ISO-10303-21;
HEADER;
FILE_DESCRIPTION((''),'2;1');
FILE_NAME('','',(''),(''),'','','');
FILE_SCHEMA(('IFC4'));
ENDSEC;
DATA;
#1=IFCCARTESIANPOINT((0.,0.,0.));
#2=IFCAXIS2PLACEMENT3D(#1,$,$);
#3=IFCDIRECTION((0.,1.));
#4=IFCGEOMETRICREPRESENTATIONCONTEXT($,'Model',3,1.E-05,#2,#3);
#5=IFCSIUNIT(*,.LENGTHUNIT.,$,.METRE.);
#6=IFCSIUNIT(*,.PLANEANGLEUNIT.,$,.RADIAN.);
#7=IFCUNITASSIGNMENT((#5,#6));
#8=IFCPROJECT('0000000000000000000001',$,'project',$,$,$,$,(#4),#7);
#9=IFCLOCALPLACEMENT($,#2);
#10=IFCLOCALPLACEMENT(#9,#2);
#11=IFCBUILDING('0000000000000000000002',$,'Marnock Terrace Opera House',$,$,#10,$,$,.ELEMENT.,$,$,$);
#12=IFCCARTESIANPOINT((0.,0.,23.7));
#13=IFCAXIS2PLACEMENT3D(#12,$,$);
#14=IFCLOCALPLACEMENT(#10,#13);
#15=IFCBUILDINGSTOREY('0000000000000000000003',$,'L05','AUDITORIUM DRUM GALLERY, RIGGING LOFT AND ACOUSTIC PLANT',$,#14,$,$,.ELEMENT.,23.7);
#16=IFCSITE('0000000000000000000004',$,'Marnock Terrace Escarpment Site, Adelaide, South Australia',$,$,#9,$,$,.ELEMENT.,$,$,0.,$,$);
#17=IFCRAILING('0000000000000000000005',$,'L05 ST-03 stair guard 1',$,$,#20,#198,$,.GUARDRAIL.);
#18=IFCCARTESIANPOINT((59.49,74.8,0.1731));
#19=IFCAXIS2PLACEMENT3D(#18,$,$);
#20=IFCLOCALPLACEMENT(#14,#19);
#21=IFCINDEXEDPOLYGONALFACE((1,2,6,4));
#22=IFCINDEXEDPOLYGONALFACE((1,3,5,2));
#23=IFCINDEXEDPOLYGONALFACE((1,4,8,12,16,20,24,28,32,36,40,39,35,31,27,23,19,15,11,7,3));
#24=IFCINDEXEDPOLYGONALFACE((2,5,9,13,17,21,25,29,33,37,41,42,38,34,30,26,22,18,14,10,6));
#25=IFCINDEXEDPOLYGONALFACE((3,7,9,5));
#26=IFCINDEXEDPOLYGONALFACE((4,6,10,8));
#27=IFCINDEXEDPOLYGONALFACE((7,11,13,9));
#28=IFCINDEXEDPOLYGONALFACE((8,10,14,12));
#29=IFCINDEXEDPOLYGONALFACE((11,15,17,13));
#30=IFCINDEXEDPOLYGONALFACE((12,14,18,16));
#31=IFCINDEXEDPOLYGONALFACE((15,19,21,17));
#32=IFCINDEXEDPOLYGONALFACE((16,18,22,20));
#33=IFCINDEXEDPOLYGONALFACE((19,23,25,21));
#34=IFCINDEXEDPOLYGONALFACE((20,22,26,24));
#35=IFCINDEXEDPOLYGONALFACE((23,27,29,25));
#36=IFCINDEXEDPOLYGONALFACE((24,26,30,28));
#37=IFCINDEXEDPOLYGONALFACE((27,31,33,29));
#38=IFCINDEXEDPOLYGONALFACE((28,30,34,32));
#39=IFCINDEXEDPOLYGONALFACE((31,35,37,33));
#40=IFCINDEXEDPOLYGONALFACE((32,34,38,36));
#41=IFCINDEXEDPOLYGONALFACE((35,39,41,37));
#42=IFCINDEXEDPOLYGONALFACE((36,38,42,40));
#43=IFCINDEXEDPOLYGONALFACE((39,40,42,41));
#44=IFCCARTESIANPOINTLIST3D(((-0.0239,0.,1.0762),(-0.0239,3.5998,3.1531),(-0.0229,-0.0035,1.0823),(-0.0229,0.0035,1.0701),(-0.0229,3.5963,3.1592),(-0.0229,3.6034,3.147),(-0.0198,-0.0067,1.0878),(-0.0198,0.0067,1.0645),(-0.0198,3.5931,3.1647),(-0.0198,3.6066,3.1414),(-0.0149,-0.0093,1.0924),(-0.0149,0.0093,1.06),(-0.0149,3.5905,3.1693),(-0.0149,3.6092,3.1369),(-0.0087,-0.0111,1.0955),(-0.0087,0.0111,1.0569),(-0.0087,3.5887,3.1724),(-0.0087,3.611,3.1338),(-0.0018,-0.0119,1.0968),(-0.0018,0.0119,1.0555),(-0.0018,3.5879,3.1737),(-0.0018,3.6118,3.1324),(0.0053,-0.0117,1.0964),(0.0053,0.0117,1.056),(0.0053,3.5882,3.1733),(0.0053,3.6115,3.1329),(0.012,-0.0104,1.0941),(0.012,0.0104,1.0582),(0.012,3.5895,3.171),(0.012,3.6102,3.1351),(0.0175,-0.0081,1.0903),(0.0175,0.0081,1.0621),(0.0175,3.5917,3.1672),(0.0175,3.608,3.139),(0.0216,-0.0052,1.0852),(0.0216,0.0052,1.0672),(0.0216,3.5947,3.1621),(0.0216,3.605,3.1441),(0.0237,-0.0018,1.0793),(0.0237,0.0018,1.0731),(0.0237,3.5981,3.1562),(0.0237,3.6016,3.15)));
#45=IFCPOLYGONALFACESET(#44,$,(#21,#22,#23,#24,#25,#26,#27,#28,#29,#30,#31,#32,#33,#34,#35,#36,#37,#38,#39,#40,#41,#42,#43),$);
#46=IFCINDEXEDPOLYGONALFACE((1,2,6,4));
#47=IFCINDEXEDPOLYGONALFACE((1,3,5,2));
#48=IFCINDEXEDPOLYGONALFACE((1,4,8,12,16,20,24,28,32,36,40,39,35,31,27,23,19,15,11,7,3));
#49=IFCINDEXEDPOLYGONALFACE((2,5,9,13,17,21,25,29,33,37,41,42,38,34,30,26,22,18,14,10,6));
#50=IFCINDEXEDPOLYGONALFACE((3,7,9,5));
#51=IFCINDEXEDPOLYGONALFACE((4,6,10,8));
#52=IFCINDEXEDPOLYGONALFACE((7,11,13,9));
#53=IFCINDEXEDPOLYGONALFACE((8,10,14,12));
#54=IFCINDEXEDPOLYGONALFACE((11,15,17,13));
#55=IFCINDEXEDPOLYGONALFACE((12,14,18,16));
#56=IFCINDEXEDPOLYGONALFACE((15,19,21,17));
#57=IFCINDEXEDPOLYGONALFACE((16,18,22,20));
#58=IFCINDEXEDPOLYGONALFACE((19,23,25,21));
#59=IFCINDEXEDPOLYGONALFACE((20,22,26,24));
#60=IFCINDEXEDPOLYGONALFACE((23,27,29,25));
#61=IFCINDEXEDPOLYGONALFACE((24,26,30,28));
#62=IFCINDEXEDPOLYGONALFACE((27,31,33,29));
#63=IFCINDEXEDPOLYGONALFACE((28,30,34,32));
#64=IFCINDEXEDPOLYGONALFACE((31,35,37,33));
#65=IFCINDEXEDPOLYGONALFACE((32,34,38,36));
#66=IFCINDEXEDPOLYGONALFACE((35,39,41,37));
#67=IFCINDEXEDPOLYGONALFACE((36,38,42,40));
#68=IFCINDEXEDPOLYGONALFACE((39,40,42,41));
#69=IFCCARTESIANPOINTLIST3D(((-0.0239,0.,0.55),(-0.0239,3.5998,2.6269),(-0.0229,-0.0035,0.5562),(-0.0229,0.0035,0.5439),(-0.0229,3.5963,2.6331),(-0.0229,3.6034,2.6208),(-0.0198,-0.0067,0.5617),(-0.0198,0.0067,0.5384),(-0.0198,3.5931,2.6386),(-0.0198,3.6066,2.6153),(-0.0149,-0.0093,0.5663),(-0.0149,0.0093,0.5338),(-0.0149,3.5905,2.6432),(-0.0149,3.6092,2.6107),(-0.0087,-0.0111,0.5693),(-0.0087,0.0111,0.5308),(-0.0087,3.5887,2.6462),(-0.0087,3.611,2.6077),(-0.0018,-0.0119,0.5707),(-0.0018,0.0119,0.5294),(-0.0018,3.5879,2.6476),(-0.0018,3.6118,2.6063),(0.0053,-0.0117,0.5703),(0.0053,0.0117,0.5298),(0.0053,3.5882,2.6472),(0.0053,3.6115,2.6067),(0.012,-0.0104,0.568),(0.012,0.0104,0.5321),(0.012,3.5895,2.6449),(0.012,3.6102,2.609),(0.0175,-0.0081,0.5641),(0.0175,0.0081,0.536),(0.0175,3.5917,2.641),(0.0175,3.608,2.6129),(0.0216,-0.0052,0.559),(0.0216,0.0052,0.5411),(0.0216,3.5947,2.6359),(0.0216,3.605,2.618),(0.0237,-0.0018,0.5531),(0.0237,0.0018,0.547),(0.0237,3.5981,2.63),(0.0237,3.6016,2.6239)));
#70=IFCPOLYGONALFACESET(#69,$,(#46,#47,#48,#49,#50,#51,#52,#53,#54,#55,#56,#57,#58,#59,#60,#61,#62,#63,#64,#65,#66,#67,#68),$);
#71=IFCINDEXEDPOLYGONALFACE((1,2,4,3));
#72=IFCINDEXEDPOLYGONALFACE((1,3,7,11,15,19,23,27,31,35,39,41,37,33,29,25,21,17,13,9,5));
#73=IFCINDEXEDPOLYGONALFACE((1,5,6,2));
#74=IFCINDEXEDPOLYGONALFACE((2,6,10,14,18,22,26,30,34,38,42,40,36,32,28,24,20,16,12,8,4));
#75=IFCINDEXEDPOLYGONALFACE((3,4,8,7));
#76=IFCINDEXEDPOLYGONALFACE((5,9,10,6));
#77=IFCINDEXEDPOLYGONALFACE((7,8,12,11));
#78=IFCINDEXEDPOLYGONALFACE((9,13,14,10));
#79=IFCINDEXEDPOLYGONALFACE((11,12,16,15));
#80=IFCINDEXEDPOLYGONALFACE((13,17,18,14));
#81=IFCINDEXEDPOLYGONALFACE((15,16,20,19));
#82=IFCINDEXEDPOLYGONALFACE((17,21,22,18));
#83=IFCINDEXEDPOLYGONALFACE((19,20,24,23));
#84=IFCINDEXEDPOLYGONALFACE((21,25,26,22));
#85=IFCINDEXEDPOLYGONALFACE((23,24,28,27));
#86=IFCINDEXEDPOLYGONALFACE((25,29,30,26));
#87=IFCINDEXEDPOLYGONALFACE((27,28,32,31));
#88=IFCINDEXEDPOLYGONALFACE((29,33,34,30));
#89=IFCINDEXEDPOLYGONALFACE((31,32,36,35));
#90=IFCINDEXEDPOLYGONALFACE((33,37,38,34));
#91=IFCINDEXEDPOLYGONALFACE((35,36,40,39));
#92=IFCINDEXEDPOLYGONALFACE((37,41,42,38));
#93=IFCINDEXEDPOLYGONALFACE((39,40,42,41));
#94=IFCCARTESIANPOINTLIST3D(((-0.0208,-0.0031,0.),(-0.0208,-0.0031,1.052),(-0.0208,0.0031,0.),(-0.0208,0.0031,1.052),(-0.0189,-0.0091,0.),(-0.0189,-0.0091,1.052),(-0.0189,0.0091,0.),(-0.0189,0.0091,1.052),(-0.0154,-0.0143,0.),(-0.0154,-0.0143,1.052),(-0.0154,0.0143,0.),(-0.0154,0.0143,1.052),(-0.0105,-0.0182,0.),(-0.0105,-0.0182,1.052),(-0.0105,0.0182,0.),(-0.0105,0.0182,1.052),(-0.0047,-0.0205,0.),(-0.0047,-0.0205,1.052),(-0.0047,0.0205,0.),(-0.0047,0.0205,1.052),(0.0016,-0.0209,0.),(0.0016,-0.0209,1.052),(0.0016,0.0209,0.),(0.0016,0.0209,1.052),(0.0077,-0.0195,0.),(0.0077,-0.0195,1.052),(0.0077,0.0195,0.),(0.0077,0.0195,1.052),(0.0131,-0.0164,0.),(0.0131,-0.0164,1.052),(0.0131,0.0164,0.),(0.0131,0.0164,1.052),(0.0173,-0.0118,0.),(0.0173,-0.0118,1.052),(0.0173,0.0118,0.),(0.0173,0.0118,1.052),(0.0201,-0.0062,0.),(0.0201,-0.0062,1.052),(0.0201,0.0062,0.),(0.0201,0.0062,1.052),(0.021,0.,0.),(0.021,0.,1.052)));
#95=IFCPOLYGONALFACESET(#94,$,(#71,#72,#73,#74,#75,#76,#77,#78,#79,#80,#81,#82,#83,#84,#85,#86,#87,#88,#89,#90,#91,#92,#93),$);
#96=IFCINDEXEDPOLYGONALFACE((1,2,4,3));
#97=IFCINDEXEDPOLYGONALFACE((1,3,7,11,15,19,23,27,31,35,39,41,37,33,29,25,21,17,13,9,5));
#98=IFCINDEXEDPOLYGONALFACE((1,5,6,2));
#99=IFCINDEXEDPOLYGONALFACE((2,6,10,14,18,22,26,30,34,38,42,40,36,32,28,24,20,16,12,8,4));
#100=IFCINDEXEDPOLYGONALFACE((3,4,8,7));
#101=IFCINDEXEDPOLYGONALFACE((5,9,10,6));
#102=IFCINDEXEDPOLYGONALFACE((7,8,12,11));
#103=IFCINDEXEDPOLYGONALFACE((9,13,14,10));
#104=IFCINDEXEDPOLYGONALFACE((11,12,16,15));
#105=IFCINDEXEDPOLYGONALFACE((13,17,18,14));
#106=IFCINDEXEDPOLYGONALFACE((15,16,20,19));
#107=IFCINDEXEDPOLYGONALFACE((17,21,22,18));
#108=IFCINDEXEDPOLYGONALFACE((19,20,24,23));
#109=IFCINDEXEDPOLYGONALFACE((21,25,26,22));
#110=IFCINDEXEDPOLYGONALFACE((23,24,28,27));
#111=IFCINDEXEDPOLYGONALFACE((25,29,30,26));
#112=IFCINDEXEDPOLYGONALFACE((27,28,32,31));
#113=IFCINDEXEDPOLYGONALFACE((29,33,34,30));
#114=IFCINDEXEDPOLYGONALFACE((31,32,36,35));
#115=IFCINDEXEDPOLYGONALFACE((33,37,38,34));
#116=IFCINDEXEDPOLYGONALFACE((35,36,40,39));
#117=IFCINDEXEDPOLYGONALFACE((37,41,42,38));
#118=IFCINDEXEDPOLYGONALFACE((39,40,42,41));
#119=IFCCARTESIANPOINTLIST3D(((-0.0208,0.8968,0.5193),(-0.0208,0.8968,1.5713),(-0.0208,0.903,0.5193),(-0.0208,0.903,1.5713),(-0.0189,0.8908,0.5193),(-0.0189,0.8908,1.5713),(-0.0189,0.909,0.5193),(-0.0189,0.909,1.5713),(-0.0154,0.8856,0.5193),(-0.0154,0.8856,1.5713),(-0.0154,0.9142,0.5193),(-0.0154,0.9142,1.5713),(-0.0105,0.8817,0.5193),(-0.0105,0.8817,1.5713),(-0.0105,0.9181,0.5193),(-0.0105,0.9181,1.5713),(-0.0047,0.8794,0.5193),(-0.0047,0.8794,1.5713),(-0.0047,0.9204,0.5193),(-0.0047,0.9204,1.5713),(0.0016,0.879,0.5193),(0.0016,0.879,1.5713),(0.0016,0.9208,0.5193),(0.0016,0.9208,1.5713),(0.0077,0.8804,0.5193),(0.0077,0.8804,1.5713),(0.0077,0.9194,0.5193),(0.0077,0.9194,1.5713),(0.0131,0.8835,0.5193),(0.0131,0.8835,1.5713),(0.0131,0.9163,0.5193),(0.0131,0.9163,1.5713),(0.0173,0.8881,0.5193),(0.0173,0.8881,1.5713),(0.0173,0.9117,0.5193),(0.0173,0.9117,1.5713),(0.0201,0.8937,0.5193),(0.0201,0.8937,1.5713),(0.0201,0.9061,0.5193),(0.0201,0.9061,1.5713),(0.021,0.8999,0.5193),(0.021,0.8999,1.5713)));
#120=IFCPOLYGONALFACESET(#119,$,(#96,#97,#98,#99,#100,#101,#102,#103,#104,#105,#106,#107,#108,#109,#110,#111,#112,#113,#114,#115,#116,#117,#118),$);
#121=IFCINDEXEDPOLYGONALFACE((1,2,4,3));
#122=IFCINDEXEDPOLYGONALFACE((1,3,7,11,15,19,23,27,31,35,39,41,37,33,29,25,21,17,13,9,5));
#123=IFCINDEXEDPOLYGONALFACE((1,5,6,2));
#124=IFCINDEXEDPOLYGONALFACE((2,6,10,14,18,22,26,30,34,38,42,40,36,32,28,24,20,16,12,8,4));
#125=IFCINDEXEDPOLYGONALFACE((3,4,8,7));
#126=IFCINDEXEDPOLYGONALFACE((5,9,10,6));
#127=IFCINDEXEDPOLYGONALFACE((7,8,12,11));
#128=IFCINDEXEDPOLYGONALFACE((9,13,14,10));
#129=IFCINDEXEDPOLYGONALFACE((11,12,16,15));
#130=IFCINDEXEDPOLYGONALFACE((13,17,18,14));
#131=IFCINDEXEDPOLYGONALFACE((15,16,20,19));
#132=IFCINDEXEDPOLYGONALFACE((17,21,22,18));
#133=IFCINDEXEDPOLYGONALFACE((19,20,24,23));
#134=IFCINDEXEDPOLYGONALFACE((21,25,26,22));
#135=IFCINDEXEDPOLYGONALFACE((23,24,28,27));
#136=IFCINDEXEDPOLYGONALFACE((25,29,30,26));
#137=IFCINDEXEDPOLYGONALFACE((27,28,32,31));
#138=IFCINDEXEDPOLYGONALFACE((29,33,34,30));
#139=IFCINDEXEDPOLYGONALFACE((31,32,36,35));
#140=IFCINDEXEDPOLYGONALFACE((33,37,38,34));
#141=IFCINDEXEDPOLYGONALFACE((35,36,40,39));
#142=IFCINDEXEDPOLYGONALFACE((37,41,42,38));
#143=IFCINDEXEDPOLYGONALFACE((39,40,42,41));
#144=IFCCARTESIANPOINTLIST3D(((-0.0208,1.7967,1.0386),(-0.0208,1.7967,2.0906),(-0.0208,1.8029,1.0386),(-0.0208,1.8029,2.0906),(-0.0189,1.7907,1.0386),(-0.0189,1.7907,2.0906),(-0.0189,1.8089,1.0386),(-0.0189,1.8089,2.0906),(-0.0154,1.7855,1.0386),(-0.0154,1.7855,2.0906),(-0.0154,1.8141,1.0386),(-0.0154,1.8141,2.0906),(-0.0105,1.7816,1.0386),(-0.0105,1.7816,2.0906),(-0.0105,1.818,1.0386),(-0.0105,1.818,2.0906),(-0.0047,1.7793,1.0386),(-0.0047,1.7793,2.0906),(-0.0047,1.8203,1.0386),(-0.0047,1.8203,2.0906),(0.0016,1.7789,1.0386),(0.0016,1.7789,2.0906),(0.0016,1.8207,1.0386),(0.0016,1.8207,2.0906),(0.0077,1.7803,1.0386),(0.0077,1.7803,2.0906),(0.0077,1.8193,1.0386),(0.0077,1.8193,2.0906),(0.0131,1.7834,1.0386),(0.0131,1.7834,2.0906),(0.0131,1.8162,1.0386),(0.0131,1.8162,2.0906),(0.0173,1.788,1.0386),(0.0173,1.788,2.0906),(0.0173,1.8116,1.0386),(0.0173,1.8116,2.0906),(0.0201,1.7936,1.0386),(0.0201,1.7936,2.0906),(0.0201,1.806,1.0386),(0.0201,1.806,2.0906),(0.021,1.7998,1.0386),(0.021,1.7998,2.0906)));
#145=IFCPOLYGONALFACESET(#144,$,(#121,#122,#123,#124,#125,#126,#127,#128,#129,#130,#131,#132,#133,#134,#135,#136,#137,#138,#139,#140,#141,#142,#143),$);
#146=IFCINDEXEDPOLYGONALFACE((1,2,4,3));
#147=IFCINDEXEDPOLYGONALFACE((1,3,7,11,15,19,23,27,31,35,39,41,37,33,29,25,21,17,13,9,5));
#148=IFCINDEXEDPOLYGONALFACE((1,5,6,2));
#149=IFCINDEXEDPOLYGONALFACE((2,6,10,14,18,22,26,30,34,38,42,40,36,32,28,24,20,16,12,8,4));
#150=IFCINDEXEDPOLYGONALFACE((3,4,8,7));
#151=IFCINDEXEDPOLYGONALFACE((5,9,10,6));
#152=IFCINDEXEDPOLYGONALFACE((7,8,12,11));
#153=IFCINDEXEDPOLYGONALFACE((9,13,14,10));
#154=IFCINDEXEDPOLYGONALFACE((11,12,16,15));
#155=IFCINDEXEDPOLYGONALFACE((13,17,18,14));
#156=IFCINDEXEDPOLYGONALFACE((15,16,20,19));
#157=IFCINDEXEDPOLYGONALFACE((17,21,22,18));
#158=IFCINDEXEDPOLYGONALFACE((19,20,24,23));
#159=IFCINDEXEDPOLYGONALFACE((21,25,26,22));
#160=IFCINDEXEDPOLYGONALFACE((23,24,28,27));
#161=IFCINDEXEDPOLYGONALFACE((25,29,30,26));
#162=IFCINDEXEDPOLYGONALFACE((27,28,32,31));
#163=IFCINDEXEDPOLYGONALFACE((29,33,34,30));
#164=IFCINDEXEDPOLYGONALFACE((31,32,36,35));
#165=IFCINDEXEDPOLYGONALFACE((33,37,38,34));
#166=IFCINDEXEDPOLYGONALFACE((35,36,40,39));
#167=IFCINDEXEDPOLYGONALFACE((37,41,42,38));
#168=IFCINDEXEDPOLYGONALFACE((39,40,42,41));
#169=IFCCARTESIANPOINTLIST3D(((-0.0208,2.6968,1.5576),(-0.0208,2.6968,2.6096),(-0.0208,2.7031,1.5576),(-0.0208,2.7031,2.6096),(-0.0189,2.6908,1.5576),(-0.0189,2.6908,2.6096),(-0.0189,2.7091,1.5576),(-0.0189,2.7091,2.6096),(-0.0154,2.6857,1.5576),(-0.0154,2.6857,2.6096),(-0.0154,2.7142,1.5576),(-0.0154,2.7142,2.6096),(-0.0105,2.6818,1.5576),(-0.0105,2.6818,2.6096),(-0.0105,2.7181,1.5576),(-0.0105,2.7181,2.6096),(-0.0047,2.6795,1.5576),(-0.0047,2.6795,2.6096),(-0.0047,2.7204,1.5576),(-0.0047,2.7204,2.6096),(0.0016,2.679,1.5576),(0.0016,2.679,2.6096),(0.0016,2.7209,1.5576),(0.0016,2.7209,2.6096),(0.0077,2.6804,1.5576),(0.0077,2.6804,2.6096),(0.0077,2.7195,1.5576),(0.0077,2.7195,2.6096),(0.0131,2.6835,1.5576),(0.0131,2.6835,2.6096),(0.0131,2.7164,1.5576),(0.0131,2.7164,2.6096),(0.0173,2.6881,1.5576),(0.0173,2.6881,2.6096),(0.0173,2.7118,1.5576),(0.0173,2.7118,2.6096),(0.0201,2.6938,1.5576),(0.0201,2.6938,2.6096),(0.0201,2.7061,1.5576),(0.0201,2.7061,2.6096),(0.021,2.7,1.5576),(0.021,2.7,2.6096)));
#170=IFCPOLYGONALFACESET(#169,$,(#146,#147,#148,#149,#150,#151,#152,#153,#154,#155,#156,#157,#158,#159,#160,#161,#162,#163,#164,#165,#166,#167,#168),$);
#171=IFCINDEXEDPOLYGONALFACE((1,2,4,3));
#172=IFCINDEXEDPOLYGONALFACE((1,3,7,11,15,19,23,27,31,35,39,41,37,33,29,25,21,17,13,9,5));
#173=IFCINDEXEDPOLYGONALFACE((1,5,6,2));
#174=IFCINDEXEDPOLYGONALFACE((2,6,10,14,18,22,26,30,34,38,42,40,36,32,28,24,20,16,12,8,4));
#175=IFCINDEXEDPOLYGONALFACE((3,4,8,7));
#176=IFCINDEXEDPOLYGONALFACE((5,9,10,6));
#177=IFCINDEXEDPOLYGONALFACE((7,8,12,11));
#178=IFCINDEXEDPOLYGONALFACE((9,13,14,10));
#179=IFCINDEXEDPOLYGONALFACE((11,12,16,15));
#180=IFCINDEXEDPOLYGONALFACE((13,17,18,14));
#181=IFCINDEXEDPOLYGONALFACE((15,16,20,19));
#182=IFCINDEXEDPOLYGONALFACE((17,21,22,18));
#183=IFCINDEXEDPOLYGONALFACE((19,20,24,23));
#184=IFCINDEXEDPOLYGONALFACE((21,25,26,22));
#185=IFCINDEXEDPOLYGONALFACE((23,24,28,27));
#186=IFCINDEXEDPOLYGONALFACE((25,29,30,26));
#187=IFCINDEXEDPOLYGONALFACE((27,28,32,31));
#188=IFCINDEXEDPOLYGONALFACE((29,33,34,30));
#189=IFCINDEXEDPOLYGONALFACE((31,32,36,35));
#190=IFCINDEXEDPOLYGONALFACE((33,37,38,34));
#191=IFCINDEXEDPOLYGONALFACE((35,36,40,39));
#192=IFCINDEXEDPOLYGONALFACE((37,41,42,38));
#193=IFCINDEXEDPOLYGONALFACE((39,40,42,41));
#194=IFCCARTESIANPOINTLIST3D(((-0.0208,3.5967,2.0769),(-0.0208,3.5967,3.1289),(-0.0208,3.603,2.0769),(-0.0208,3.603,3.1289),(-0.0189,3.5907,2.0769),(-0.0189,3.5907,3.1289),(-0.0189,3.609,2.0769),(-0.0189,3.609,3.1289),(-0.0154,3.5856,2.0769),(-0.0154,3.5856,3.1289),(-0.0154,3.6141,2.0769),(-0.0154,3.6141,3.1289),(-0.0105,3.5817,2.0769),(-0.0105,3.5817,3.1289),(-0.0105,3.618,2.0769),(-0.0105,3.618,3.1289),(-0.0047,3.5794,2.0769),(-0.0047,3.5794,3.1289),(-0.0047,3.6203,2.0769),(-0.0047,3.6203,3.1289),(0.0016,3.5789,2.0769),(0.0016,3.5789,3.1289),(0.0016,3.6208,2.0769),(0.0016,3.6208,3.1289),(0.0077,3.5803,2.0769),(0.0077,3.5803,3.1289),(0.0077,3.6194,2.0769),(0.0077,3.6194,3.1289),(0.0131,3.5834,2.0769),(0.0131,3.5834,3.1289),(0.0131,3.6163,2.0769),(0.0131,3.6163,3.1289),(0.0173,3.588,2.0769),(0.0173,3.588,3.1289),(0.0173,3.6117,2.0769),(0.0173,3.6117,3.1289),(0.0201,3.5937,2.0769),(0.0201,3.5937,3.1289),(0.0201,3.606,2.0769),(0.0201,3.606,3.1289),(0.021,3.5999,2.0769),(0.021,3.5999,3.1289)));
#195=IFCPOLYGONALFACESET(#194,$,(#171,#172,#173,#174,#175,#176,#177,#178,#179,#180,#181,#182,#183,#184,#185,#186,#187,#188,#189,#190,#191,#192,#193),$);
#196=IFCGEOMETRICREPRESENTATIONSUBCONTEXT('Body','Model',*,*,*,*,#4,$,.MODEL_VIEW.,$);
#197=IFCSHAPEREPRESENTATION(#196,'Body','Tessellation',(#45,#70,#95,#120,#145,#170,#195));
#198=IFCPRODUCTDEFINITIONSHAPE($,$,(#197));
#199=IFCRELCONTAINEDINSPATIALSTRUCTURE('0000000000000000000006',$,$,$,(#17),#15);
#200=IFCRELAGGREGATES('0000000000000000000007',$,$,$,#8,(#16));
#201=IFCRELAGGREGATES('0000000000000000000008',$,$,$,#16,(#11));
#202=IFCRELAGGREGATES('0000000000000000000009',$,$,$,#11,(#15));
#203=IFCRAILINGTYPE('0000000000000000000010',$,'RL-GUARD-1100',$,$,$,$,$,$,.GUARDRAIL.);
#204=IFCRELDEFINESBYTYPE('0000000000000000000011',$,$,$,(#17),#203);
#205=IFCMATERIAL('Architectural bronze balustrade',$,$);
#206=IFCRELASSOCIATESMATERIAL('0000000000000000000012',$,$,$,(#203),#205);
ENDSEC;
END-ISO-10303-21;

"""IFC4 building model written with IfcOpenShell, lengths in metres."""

from ifc_helpers import new_model, si_unit, direction, frame, origin, origin_2d, place, context, subcontext, project, spatial, circle, extrude, material, type_object, element, save


model = new_model("IFC4")

# Units and contexts
model_context = context("Model", 3, precision=1e-05, world=origin(), true_north=direction((0.0, 1.0)))
body_context = subcontext(model_context, "Body", "Model", "MODEL_VIEW")
ifc_project = project(units=[si_unit("LENGTHUNIT", "METRE"), si_unit("PLANEANGLEUNIT", "RADIAN")], contexts=[model_context])

# Site, building, storey
site_placement = place(None, origin())
site = spatial("IfcSite", under=ifc_project, at=site_placement, Name="Marnock Terrace Escarpment Site, Adelaide, South Australia", CompositionType="ELEMENT", RefElevation=0.0)
building_placement = place(site_placement, origin())
building = spatial("IfcBuilding", under=site, at=building_placement, Name="Marnock Terrace Opera House", CompositionType="ELEMENT")
storey_placement = place(building_placement, frame((0.0, 0.0, 23.7)))
storey = spatial("IfcBuildingStorey", under=building, at=storey_placement, Name="L05", Description="AUDITORIUM DRUM GALLERY, RIGGING LOFT AND ACOUSTIC PLANT", CompositionType="ELEMENT", Elevation=23.7)

# Railing
ifc_material_1 = material(Name="Architectural bronze balustrade")
railing_type_1 = type_object("IfcRailingType", Name="RL-GUARD-1100", PredefinedType="GUARDRAIL", material=ifc_material_1)
railing_1_placement = place(storey_placement, frame((59.49, 74.8, 0.1731)))
element("IfcRailing", 1, at=railing_1_placement, inside=storey, type_object=railing_type_1, Name="L05 ST-03 stair guard 1", PredefinedType="GUARDRAIL", context=body_context, shape_type="SweptSolid", body=[
    extrude(circle(Radius=0.0239, at=origin_2d()), frame((0.0, 0.0, 1.0762), z_axis=(0.0, 0.866179, 0.499734), x_axis=(-1.0, 0.0, 0.0)), (0.0, 0.0, 1.0), 4.156),
    extrude(circle(Radius=0.0239, at=origin_2d()), frame((0.0, 0.0, 0.55), z_axis=(0.0, 0.866179, 0.499734), x_axis=(-1.0, 0.0, 0.0)), (0.0, 0.0, 1.0), 4.156),
    extrude(circle(Radius=0.021, at=origin_2d()), origin(), (0.0, 0.0, 1.0), 1.052),
    extrude(circle(Radius=0.021, at=origin_2d()), frame((0.0, 0.8999, 0.5193)), (0.0, 0.0, 1.0), 1.052),
    extrude(circle(Radius=0.021, at=origin_2d()), frame((0.0, 1.7998, 1.0386)), (0.0, 0.0, 1.0), 1.052),
    extrude(circle(Radius=0.021, at=origin_2d()), frame((0.0, 2.7, 1.5576)), (0.0, 0.0, 1.0), 1.052),
    extrude(circle(Radius=0.021, at=origin_2d()), frame((0.0, 3.5999, 2.0769)), (0.0, 0.0, 1.0), 1.052),
])

save(model, "model.ifc")
